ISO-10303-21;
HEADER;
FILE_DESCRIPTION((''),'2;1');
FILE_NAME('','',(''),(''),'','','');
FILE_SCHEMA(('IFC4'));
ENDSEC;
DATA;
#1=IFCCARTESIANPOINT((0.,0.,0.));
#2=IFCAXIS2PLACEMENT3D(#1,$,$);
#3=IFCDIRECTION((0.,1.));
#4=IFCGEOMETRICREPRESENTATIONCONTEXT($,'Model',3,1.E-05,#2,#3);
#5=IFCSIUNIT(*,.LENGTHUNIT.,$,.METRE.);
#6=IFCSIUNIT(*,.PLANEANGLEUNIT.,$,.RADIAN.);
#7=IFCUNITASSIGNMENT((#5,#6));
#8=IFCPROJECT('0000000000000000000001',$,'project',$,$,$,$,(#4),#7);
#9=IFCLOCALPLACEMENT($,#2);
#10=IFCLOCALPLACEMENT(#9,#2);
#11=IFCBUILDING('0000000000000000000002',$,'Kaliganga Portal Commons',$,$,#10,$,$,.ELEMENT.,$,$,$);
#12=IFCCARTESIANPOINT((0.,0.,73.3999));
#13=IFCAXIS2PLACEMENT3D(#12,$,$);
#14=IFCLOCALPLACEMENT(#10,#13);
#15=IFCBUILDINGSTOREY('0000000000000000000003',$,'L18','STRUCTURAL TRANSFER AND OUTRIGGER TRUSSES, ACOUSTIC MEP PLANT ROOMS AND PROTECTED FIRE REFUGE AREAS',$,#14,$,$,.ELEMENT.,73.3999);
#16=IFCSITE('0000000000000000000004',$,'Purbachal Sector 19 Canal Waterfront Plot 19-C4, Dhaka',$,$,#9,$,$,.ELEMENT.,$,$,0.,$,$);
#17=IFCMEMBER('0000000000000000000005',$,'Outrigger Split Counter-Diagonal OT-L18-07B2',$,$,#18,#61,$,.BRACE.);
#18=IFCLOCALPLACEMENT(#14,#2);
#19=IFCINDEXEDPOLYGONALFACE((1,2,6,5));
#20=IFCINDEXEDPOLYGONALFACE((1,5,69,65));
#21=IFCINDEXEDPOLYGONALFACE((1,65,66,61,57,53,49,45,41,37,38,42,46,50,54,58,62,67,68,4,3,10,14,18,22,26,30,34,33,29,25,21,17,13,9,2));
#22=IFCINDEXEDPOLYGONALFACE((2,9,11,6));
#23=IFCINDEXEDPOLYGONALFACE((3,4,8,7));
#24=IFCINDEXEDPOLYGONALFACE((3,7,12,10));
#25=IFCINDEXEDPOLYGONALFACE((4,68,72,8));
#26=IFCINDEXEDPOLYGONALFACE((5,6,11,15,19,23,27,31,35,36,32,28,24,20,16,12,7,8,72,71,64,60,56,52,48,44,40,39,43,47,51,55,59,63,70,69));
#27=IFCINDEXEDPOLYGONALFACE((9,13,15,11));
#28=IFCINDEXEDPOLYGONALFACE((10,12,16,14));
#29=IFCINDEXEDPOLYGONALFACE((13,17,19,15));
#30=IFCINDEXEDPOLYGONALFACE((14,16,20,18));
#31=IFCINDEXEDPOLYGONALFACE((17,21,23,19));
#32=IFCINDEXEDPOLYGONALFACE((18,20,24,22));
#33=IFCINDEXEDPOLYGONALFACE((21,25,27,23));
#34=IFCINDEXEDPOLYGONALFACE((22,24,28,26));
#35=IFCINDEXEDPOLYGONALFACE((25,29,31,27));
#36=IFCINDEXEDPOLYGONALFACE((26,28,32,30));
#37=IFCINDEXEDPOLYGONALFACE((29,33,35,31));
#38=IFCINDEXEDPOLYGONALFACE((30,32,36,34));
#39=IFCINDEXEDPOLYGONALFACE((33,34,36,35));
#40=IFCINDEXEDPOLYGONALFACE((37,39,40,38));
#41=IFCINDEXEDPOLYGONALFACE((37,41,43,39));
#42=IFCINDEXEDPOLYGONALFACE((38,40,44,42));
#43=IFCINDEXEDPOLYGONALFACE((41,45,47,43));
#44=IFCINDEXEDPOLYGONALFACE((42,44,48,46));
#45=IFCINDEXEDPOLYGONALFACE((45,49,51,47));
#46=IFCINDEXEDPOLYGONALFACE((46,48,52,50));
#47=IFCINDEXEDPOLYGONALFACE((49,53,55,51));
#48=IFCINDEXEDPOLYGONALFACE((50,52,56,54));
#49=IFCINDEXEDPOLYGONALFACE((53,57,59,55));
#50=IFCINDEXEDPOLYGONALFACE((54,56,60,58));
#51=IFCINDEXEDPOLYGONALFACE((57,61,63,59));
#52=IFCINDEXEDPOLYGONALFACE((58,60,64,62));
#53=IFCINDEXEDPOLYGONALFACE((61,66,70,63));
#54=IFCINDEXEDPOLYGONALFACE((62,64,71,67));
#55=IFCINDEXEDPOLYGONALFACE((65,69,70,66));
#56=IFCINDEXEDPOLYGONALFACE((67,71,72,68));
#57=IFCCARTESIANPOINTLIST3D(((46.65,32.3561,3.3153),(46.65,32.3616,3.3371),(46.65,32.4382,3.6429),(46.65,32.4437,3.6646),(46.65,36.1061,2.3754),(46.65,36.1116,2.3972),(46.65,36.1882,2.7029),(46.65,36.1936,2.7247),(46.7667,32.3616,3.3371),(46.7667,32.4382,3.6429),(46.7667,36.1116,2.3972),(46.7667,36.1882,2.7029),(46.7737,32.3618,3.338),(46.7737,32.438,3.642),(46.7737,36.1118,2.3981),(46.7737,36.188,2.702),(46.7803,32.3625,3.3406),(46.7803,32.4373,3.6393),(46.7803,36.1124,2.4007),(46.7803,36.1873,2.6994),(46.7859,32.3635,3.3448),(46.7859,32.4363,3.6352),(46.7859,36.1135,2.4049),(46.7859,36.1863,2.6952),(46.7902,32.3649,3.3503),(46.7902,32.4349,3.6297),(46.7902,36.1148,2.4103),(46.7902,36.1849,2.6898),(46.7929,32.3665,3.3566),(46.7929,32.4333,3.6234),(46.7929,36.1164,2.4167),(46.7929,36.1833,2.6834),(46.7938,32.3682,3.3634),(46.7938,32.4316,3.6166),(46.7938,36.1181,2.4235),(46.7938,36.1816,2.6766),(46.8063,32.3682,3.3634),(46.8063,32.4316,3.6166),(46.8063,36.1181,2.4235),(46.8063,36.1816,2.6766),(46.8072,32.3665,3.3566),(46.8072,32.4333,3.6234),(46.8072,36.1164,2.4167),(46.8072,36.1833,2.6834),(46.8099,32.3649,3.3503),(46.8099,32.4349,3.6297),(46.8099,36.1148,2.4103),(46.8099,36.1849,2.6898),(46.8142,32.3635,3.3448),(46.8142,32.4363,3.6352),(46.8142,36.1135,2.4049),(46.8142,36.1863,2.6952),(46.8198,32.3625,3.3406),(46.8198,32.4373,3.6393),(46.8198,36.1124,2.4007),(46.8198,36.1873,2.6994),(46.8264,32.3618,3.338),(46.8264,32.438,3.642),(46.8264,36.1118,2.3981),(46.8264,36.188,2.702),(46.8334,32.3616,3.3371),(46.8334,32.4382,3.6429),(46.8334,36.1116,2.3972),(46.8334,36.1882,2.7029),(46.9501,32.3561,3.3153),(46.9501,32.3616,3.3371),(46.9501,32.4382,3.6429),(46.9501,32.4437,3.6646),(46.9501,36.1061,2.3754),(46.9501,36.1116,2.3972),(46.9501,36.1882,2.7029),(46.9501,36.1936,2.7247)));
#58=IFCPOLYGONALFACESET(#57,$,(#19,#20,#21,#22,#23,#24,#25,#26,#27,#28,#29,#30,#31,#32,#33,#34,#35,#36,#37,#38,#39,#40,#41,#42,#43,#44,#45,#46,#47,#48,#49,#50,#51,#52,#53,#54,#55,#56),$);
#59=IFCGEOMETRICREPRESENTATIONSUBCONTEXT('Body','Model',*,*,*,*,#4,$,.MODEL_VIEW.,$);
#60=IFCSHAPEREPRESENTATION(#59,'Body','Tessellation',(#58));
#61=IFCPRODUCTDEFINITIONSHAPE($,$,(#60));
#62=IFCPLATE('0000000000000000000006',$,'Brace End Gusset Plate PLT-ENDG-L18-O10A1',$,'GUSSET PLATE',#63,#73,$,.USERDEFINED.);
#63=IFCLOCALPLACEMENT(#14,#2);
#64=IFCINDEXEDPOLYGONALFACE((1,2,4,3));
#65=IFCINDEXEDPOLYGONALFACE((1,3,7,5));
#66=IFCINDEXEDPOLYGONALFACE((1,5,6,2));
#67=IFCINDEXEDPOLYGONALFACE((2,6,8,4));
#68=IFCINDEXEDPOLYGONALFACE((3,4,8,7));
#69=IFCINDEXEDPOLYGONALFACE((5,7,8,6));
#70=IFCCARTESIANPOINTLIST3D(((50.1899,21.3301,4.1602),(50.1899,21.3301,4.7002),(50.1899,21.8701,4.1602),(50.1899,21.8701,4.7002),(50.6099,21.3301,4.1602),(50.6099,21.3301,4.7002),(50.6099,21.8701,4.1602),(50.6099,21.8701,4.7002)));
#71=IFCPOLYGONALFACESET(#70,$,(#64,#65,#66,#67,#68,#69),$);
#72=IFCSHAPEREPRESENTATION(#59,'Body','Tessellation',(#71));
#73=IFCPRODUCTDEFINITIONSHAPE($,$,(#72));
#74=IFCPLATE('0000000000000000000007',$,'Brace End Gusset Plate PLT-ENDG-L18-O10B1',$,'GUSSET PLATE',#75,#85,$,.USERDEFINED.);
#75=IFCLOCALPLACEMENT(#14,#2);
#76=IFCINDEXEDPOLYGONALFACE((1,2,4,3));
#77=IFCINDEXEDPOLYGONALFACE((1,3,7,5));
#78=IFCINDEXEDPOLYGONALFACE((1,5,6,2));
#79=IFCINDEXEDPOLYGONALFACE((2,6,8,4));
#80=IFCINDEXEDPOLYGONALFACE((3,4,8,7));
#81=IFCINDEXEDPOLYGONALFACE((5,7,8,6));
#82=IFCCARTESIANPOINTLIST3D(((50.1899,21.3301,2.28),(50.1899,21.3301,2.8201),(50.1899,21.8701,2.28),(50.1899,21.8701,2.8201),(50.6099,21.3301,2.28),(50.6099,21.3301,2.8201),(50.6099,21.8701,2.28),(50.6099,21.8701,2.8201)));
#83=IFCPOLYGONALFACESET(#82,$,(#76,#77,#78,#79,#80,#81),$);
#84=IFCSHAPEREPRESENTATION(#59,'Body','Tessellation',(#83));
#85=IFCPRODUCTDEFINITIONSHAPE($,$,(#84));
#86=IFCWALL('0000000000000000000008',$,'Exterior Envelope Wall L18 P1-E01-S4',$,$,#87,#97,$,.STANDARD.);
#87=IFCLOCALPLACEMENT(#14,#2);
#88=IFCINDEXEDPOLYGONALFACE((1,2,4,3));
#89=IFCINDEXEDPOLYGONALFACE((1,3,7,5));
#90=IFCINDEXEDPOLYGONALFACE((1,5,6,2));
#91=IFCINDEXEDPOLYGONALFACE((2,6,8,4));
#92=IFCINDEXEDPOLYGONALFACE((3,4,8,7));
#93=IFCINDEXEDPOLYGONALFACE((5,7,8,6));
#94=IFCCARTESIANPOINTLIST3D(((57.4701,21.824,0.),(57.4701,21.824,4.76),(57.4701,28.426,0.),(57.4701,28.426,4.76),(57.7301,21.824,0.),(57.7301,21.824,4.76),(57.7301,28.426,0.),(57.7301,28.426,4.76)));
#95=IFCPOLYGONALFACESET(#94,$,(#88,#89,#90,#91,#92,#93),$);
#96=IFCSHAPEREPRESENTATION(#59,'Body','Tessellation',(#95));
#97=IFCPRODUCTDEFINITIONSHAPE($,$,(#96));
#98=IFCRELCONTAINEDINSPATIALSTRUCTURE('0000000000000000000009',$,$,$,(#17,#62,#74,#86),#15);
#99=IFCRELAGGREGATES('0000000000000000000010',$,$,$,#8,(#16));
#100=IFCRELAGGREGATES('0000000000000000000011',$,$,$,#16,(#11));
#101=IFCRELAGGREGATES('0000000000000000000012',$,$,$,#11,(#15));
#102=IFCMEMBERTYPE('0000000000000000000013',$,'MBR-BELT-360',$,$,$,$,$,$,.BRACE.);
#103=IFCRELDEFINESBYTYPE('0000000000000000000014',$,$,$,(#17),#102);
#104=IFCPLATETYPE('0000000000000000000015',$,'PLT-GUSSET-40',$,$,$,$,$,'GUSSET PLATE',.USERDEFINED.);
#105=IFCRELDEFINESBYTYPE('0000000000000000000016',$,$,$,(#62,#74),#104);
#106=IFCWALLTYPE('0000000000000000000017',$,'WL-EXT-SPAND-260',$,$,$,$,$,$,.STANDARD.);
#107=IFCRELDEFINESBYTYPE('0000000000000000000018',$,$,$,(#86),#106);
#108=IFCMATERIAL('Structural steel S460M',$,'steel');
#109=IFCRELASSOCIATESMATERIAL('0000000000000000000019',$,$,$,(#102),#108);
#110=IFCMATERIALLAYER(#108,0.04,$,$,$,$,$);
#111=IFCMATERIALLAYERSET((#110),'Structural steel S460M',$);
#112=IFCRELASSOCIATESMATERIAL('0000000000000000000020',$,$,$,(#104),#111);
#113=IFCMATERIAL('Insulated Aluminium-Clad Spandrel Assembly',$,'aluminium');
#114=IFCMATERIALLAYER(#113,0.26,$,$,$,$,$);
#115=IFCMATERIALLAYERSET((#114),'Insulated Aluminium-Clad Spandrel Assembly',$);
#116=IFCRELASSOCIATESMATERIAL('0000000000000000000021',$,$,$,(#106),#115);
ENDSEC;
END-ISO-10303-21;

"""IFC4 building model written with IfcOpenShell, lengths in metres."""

from ifc_helpers import new_model, si_unit, direction, frame, frame_2d, origin, origin_2d, place, context, subcontext, project, spatial, rectangle, i_section, extrude, source, transform, mapped, material, layer, layer_set, material_profile, profile_set, type_object, element, save


model = new_model("IFC4")

# Units and contexts
model_context = context("Model", 3, precision=1e-05, world=origin(), true_north=direction((0.0, 1.0)))
body_context = subcontext(model_context, "Body", "Model", "MODEL_VIEW")
ifc_project = project(units=[si_unit("LENGTHUNIT", "METRE"), si_unit("PLANEANGLEUNIT", "RADIAN")], contexts=[model_context])

# Site, building, storey
site_placement = place(None, origin())
site = spatial("IfcSite", under=ifc_project, at=site_placement, Name="Purbachal Sector 19 Canal Waterfront Plot 19-C4, Dhaka", CompositionType="ELEMENT", RefElevation=0.0)
building_placement = place(site_placement, origin())
building = spatial("IfcBuilding", under=site, at=building_placement, Name="Kaliganga Portal Commons", CompositionType="ELEMENT")
storey_placement = place(building_placement, frame((0.0, 0.0, 73.3999)))
storey = spatial("IfcBuildingStorey", under=building, at=storey_placement, Name="L18", Description="STRUCTURAL TRANSFER AND OUTRIGGER TRUSSES, ACOUSTIC MEP PLANT ROOMS AND PROTECTED FIRE REFUGE AREAS", CompositionType="ELEMENT", Elevation=73.3999)

# Shared definitions
ifc_material_1 = material(Name="Structural steel S460M", Category="steel")

# Member
ifc_material_profile_1 = material_profile(ifc_material_1, i_section(OverallWidth=0.3, OverallDepth=0.3601, WebThickness=0.0125, FlangeThickness=0.0225, FilletRadius=0.0271, at=origin_2d()), Name="HE 360 B")
ifc_profile_set_1 = profile_set([ifc_material_profile_1], Name="Structural steel S460M wide-flange")
member_type_1 = type_object("IfcMemberType", Name="MBR-BELT-360", PredefinedType="BRACE", material=ifc_profile_set_1)
shared_shape_1 = source(origin(), body_context, "Body", "SweptSolid", [
    extrude(i_section(OverallWidth=0.3, OverallDepth=0.3601, WebThickness=0.0125, FlangeThickness=0.0225, FilletRadius=0.0271, at=origin_2d()), origin(), (0.0, 0.0, 1.0), 3.866),
])
for number, where, z_axis, x_axis, name in (
    (1, (46.8, 32.3999, 3.49), (0.0, 0.969994, -0.24313), (-1.0, 0.0, 0.0), "Outrigger Split Counter-Diagonal OT-L18-07B2"),
):
    element("IfcMember", number, at=place(storey_placement, frame(where, z_axis=z_axis, x_axis=x_axis)), inside=storey, type_object=member_type_1, Name=name, PredefinedType="BRACE", context=body_context, shape_type="MappedRepresentation", body=[
        mapped(shared_shape_1, transform((0.0, 0.0, 0.0), x_axis=(1.0, 0.0, 0.0), y_axis=(0.0, 1.0, 0.0), z_axis=(0.0, 0.0, 1.0), scale=1.0)),
    ])

# Plates
ifc_layer_1 = layer(ifc_material_1, 0.04)
ifc_layer_set_1 = layer_set([ifc_layer_1], Name="Structural steel S460M")
plate_type = type_object("IfcPlateType", Name="PLT-GUSSET-40", ElementType="GUSSET PLATE", PredefinedType="USERDEFINED", material=ifc_layer_set_1)
shared_shape_2 = source(origin(), body_context, "Body", "SweptSolid", [
    extrude(rectangle(XDim=0.54, YDim=0.4199, at=origin_2d()), origin(), (0.0, 0.0, 1.0), 0.54),
])
for number, where, z_axis, x_axis, name in (
    (2, (50.3999, 21.6001, 4.1602), (0.0, 0.0, 1.0), (0.0, 1.0, 0.0), "Brace End Gusset Plate PLT-ENDG-L18-O10A1"),
    (3, (50.3999, 21.6001, 2.28), (0.0, 0.0, 1.0), (0.0, 1.0, 0.0), "Brace End Gusset Plate PLT-ENDG-L18-O10B1"),
):
    element("IfcPlate", number, at=place(storey_placement, frame(where, z_axis=z_axis, x_axis=x_axis)), inside=storey, type_object=plate_type, Name=name, ObjectType="GUSSET PLATE", PredefinedType="USERDEFINED", context=body_context, shape_type="MappedRepresentation", body=[
        mapped(shared_shape_2, transform((0.0, 0.0, 0.0), x_axis=(1.0, 0.0, 0.0), y_axis=(0.0, 1.0, 0.0), z_axis=(0.0, 0.0, 1.0), scale=1.0)),
    ])

# Wall
ifc_material_2 = material(Name="Insulated Aluminium-Clad Spandrel Assembly", Category="aluminium")
ifc_layer_2 = layer(ifc_material_2, 0.26)
ifc_layer_set_2 = layer_set([ifc_layer_2], Name="Insulated Aluminium-Clad Spandrel Assembly")
wall_type = type_object("IfcWallType", Name="WL-EXT-SPAND-260", PredefinedType="STANDARD", material=ifc_layer_set_2)
wall_placement = place(storey_placement, frame((57.6001, 28.426, 0.0), z_axis=(0.0, 0.0, 1.0), x_axis=(0.0, -1.0, 0.0)))
element("IfcWall", 4, at=wall_placement, inside=storey, type_object=wall_type, Name="Exterior Envelope Wall L18 P1-E01-S4", PredefinedType="STANDARD", context=body_context, shape_type="SweptSolid", body=[
    extrude(rectangle(XDim=6.6021, YDim=0.26, at=frame_2d((3.301, 0.0))), origin(), (0.0, 0.0, 1.0), 4.76),
])

save(model, "model.ifc")
